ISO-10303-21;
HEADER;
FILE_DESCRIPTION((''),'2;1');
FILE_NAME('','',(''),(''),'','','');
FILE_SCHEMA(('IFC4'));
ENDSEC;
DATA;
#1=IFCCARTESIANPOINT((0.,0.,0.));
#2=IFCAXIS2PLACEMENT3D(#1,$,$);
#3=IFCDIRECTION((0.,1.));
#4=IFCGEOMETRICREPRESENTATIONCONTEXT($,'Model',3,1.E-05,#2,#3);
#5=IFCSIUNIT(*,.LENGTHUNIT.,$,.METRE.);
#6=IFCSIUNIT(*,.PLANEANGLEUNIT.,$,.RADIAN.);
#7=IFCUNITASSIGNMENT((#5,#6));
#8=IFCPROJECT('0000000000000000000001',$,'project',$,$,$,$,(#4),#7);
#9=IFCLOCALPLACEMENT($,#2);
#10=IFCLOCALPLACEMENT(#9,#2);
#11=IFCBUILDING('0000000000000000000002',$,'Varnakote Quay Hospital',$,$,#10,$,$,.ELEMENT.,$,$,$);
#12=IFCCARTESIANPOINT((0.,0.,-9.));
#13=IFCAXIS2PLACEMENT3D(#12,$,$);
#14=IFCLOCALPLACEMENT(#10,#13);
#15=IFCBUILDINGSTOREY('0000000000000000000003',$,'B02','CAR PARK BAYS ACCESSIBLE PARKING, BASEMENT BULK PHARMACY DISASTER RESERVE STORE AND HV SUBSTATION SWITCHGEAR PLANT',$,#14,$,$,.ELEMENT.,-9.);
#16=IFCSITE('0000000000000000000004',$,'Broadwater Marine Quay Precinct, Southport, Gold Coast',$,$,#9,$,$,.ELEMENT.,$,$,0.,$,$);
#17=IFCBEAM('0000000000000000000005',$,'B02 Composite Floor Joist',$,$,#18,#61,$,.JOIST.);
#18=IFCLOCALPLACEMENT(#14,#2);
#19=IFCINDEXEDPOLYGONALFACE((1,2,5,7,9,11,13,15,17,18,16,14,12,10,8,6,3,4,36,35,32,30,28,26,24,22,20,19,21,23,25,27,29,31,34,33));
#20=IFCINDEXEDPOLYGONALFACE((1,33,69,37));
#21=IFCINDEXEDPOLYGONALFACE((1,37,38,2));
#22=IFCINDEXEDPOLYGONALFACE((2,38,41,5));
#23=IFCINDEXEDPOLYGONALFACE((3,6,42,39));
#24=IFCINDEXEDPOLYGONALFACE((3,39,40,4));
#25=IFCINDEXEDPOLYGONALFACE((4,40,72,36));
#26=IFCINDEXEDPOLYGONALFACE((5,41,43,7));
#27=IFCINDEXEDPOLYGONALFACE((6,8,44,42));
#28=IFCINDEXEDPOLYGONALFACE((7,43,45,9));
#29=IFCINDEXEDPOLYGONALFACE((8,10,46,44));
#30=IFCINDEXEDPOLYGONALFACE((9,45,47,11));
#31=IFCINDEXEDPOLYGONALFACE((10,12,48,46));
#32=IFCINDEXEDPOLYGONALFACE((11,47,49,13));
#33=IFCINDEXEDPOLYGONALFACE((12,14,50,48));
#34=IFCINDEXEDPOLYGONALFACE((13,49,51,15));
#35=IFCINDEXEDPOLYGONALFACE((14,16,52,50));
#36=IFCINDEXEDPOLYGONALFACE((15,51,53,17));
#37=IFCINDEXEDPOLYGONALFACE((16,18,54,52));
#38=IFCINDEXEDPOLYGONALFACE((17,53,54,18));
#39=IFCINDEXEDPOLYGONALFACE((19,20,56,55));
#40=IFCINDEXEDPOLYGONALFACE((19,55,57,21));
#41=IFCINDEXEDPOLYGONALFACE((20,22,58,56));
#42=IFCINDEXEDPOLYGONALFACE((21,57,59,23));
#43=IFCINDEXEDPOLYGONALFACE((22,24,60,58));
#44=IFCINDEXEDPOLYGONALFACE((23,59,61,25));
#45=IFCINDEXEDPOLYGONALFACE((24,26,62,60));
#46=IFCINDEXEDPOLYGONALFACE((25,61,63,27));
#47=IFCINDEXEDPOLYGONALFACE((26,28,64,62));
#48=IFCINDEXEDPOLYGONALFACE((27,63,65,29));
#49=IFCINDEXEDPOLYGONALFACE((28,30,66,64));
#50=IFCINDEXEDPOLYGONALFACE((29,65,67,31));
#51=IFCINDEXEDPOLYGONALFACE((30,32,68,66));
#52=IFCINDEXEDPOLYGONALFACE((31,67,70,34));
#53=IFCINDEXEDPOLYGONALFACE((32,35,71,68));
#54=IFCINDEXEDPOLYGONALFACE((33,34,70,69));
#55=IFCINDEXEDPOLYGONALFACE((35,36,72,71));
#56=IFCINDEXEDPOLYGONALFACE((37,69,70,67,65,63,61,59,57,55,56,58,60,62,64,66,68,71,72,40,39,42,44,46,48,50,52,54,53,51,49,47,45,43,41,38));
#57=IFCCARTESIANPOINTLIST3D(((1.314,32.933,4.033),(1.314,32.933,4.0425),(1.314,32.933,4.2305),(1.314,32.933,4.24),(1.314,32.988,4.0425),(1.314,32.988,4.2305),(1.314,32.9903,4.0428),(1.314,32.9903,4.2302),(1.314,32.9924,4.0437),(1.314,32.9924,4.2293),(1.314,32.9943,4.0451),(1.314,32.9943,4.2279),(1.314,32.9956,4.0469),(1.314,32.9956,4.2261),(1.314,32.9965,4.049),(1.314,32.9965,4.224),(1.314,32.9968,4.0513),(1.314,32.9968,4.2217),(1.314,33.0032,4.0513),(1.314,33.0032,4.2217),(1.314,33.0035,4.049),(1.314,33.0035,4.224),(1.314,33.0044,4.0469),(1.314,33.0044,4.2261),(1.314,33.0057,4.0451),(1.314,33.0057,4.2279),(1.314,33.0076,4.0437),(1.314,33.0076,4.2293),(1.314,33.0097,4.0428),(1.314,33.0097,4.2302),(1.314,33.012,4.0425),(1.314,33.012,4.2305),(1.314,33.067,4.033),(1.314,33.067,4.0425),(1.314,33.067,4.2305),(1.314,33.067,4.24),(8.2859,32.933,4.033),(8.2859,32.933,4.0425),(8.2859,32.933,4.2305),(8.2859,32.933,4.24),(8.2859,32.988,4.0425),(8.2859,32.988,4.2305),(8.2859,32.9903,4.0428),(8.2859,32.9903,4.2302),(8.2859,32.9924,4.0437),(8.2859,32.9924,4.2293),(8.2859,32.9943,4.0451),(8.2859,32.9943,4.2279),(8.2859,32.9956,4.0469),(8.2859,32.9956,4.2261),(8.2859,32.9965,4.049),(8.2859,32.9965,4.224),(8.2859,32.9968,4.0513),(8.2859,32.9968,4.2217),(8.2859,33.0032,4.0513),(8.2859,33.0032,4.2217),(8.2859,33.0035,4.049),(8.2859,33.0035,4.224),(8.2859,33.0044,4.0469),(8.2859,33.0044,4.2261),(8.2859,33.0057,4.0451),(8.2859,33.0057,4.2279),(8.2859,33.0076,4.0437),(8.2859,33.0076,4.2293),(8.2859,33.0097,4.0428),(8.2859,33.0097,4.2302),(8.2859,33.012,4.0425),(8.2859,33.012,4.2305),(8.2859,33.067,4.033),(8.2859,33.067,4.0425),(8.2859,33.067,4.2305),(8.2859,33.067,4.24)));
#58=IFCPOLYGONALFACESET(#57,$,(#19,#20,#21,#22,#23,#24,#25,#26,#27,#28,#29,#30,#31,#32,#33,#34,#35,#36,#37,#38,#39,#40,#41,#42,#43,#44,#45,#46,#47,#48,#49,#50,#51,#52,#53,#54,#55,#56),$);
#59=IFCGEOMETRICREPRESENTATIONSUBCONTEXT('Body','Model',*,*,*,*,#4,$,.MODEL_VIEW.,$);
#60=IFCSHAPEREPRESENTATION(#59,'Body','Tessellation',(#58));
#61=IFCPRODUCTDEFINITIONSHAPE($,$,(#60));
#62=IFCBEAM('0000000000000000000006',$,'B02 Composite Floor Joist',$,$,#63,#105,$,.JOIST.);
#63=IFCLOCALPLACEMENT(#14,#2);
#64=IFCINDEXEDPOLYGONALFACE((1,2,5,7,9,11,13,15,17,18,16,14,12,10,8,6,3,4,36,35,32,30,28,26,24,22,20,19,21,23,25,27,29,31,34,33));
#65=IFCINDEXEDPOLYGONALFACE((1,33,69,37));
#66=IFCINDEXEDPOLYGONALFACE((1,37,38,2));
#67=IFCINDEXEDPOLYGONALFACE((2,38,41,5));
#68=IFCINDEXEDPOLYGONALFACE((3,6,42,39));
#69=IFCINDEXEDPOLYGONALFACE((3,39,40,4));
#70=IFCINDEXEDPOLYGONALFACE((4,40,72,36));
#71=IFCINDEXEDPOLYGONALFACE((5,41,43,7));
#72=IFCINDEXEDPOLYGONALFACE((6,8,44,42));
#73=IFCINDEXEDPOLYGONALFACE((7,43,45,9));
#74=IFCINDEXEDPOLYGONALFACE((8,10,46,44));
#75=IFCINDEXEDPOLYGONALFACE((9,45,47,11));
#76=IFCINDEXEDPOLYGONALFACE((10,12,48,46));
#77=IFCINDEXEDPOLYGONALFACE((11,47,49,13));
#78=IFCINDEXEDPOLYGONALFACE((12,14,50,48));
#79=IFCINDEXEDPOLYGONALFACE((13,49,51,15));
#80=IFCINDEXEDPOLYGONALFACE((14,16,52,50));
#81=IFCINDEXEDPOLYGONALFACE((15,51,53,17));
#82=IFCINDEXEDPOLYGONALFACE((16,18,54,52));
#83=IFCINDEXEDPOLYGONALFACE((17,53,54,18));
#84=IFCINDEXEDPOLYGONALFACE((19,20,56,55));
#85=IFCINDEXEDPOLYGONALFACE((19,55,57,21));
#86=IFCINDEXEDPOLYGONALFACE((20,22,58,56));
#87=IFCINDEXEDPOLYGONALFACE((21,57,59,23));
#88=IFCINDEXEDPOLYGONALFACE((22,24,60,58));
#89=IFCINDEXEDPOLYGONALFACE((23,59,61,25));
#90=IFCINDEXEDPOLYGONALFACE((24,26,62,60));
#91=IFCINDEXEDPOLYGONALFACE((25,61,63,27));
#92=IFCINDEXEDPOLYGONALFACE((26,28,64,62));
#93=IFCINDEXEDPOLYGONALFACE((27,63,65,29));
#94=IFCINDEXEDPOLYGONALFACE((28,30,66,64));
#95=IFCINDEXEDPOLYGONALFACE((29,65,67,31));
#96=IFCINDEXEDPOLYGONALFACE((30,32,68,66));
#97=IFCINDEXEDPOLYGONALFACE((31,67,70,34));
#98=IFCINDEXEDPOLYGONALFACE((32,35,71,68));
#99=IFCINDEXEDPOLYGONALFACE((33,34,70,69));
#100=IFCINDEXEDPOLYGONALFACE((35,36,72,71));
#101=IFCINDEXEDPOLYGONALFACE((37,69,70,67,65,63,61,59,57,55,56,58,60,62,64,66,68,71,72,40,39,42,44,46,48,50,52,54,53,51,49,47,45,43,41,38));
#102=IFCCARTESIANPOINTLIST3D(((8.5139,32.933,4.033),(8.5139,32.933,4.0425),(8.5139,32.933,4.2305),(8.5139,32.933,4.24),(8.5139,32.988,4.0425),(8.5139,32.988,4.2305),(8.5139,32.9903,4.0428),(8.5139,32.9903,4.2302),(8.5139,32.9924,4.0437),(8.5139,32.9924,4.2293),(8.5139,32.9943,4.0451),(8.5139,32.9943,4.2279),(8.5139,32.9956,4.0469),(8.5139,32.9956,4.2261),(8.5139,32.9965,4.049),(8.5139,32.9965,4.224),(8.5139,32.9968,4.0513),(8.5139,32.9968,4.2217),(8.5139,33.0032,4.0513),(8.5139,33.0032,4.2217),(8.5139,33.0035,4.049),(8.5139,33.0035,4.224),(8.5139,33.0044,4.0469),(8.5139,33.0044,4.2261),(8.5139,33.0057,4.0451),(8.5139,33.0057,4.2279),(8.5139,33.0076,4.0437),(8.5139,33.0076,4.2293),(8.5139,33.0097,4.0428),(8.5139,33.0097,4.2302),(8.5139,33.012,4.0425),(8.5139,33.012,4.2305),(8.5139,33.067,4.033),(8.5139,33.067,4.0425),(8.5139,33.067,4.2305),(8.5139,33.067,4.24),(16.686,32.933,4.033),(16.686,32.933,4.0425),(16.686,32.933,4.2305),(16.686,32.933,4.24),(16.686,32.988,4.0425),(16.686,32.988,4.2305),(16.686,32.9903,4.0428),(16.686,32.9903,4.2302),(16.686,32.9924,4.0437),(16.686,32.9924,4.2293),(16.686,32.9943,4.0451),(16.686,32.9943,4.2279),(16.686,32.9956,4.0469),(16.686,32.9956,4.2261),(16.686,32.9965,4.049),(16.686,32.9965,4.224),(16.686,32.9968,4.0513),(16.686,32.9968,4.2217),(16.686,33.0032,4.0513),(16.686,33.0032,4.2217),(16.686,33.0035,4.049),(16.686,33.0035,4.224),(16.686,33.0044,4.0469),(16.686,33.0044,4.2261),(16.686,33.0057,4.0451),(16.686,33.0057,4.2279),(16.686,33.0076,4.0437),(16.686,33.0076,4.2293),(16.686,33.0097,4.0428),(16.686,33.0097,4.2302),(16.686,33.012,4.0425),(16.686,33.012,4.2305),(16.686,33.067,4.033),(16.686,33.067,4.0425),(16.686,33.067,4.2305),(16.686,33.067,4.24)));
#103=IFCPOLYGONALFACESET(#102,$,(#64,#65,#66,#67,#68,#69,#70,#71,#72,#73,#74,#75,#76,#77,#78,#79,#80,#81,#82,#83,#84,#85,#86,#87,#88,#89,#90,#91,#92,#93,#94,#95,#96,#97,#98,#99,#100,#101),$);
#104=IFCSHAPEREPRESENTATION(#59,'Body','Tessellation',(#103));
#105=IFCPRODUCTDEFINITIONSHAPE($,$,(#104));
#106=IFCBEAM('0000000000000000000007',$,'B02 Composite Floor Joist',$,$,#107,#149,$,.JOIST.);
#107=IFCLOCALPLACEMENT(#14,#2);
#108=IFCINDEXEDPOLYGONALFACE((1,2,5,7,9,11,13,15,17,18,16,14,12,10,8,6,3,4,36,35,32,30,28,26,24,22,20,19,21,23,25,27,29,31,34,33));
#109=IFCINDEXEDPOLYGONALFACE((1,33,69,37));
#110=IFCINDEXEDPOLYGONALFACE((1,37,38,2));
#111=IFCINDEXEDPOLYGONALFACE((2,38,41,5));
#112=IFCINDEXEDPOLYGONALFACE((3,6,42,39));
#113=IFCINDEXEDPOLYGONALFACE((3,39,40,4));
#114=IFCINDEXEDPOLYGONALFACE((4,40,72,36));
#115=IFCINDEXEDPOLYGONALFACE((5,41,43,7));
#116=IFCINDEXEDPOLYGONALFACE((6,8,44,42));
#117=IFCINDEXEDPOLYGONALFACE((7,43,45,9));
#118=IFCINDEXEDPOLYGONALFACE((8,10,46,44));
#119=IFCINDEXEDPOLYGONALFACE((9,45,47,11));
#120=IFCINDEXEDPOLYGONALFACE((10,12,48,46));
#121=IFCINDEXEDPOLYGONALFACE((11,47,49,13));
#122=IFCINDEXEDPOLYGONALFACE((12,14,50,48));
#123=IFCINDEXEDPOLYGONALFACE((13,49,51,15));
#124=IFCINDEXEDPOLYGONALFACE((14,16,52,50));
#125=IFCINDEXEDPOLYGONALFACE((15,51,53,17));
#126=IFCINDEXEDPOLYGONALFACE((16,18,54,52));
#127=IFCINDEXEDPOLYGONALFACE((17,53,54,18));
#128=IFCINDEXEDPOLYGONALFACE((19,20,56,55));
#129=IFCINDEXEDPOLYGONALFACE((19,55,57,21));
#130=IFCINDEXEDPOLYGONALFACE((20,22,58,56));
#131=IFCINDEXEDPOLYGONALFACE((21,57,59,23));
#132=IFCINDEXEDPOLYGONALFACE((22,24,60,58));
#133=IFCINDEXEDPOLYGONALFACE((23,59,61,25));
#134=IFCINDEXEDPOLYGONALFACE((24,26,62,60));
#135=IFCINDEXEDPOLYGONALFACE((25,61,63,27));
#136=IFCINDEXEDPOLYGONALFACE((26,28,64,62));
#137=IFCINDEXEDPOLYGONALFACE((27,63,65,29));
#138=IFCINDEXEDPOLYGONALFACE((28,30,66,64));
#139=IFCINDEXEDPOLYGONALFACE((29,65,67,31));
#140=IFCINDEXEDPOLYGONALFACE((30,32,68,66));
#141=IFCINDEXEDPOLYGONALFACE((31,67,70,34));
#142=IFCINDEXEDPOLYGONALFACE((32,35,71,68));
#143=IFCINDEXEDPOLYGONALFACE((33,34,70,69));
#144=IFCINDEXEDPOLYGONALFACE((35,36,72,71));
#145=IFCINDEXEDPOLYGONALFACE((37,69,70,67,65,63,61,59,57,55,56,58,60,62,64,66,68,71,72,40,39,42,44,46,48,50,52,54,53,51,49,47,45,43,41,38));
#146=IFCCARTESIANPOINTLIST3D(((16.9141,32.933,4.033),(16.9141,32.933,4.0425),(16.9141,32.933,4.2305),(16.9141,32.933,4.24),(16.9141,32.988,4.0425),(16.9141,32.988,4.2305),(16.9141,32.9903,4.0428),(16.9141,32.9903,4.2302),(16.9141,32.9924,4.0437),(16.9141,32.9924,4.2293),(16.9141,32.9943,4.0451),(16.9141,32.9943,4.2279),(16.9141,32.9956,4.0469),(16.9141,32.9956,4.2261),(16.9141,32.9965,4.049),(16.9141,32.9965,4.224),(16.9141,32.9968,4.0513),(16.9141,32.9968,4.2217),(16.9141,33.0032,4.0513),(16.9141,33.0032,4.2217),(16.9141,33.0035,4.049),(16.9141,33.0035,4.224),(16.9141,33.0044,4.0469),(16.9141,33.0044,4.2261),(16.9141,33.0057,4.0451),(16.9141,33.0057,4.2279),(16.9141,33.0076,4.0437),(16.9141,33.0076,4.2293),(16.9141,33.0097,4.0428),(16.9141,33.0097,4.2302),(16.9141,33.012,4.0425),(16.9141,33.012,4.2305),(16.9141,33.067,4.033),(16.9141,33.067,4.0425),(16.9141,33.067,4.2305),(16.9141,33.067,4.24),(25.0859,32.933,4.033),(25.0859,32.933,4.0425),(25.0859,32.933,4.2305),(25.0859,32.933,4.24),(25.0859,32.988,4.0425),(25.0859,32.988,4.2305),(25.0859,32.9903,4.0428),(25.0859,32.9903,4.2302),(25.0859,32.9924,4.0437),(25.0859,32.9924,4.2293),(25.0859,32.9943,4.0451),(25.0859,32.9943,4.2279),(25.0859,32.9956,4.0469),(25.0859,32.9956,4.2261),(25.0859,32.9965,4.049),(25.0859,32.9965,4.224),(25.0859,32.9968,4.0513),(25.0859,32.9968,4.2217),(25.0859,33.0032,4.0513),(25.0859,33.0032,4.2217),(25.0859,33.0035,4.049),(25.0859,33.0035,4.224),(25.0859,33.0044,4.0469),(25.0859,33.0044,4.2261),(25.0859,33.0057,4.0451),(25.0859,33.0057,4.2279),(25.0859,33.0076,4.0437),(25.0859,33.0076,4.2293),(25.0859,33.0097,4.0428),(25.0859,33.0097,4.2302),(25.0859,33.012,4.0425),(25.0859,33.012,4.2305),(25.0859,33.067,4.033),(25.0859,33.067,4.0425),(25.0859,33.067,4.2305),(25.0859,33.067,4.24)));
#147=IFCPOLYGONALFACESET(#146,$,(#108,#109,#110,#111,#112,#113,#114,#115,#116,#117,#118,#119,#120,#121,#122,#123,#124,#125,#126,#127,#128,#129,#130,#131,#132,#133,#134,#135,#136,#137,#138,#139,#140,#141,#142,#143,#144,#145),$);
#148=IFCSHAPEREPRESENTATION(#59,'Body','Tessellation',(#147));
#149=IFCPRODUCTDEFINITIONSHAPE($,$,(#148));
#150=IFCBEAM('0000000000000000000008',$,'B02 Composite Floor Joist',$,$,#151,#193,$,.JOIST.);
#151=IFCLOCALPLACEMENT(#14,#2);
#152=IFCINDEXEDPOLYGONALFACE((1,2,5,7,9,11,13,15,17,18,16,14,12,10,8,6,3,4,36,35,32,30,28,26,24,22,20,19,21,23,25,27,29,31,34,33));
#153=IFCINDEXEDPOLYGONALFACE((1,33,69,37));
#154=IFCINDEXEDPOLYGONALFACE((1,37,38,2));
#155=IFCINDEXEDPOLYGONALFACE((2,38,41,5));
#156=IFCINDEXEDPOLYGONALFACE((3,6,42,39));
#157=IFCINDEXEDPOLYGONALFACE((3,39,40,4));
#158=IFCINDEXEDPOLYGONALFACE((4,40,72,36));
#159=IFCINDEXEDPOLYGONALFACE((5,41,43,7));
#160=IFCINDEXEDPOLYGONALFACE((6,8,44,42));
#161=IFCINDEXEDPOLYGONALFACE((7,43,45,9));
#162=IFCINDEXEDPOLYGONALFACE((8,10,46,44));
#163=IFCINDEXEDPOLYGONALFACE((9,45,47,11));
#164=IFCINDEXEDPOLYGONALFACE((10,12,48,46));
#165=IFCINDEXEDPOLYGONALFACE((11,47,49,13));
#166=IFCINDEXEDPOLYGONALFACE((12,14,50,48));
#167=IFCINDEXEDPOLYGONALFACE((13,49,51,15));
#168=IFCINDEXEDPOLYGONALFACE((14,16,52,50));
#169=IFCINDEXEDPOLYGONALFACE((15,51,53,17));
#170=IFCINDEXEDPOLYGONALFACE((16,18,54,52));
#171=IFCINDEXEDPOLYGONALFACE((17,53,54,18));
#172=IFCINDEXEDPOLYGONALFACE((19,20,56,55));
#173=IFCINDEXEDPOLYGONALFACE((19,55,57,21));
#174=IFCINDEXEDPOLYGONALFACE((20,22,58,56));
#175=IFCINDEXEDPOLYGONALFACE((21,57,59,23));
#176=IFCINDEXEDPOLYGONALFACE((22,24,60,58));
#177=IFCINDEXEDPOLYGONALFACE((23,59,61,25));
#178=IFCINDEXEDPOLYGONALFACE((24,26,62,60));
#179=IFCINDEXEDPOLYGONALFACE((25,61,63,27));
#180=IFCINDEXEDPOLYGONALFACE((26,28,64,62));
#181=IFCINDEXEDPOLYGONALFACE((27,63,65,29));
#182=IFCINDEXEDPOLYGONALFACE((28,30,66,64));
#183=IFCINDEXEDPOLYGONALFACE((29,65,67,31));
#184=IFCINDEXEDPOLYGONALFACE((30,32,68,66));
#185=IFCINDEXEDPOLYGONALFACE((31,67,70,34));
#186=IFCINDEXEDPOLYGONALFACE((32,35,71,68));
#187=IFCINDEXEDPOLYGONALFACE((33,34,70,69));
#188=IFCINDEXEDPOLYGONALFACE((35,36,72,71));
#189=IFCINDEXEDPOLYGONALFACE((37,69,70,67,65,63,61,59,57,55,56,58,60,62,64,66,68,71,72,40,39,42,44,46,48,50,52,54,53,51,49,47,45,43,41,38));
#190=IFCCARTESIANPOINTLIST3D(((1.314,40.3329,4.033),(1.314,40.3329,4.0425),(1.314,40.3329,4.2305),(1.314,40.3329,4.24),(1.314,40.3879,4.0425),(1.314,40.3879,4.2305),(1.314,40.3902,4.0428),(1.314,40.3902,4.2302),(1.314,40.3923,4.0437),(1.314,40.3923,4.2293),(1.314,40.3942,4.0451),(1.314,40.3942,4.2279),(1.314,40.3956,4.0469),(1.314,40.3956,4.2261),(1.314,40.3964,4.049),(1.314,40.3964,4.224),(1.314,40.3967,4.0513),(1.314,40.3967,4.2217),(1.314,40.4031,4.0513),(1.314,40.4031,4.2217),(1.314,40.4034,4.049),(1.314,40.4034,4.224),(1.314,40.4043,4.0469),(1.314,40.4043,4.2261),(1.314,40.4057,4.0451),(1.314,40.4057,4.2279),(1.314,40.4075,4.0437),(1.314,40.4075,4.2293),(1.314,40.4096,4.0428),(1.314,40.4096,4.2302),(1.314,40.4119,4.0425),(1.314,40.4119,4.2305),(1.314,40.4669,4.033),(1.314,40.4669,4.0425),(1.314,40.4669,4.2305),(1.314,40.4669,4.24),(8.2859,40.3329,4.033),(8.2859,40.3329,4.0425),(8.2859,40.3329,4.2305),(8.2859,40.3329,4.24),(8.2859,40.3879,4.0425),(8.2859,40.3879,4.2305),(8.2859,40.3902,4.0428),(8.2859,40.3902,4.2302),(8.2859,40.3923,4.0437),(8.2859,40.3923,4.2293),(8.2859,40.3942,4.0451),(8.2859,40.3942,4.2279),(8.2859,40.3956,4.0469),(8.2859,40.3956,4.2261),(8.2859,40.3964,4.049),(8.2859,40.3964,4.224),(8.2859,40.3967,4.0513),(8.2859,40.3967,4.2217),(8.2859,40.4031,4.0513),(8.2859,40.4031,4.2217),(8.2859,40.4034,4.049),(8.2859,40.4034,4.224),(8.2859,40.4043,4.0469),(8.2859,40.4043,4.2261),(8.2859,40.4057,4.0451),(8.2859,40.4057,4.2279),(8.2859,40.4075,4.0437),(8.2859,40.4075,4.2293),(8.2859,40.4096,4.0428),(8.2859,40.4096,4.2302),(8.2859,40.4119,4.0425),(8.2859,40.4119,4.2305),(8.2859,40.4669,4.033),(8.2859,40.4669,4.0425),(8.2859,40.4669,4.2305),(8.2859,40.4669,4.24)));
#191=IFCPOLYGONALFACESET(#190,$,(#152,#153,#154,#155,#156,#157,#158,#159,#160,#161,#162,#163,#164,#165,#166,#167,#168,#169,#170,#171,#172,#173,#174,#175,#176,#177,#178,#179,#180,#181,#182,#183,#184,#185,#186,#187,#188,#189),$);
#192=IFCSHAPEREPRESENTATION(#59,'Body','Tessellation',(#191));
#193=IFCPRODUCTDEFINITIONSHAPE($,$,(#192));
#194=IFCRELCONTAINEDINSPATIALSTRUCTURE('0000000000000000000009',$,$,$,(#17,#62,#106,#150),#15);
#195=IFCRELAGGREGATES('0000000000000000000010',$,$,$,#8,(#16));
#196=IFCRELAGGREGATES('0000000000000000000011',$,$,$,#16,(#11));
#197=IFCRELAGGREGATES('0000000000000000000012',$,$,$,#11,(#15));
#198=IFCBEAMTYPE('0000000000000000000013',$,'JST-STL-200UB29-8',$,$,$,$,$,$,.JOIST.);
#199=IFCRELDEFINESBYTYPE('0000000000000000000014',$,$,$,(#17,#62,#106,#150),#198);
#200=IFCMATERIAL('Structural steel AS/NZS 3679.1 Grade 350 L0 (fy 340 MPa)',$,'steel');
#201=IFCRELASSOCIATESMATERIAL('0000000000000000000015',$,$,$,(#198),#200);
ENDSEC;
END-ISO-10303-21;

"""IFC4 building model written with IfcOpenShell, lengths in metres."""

from ifc_helpers import new_model, si_unit, direction, frame, origin, origin_2d, place, context, subcontext, project, spatial, i_section, extrude, material, material_profile, profile_set, type_object, element, save


model = new_model("IFC4")

# Units and contexts
model_context = context("Model", 3, precision=1e-05, world=origin(), true_north=direction((0.0, 1.0)))
body_context = subcontext(model_context, "Body", "Model", "MODEL_VIEW")
ifc_project = project(units=[si_unit("LENGTHUNIT", "METRE"), si_unit("PLANEANGLEUNIT", "RADIAN")], contexts=[model_context])

# Site, building, storey
site_placement = place(None, origin())
site = spatial("IfcSite", under=ifc_project, at=site_placement, Name="Broadwater Marine Quay Precinct, Southport, Gold Coast", CompositionType="ELEMENT", RefElevation=0.0)
building_placement = place(site_placement, origin())
building = spatial("IfcBuilding", under=site, at=building_placement, Name="Varnakote Quay Hospital", CompositionType="ELEMENT")
storey_placement = place(building_placement, frame((0.0, 0.0, -9.0)))
storey = spatial("IfcBuildingStorey", under=building, at=storey_placement, Name="B02", Description="CAR PARK BAYS ACCESSIBLE PARKING, BASEMENT BULK PHARMACY DISASTER RESERVE STORE AND HV SUBSTATION SWITCHGEAR PLANT", CompositionType="ELEMENT", Elevation=-9.0)

# Beams
ifc_material_1 = material(Name="Structural steel AS/NZS 3679.1 Grade 350 L0 (fy 340 MPa)", Category="steel")
ifc_material_profile_1 = material_profile(ifc_material_1, i_section(OverallWidth=0.134, OverallDepth=0.207, WebThickness=0.0063, FlangeThickness=0.0095, FilletRadius=0.0088, at=origin_2d()), Name="200UB29.8")
ifc_profile_set_1 = profile_set([ifc_material_profile_1], Name="Structural steel AS/NZS 3679.1 Grade 350 L0 (fy 340 MPa)")
beam_type_1 = type_object("IfcBeamType", Name="JST-STL-200UB29-8", PredefinedType="JOIST", material=ifc_profile_set_1)
beam_1_placement = place(storey_placement, frame((1.314, 33.0, 4.1365), z_axis=(1.0, 0.0, 0.0), x_axis=(0.0, 1.0, 0.0)))
element("IfcBeam", 1, at=beam_1_placement, inside=storey, type_object=beam_type_1, Name="B02 Composite Floor Joist", PredefinedType="JOIST", context=body_context, shape_type="SweptSolid", body=[
    extrude(i_section(OverallWidth=0.134, OverallDepth=0.207, WebThickness=0.0063, FlangeThickness=0.0095, FilletRadius=0.0088, at=origin_2d()), origin(), (0.0, 0.0, 1.0), 6.9719),
])
beam_2_placement = place(storey_placement, frame((8.5139, 33.0, 4.1365), z_axis=(1.0, 0.0, 0.0), x_axis=(0.0, 1.0, 0.0)))
element("IfcBeam", 2, at=beam_2_placement, inside=storey, type_object=beam_type_1, Name="B02 Composite Floor Joist", PredefinedType="JOIST", context=body_context, shape_type="SweptSolid", body=[
    extrude(i_section(OverallWidth=0.134, OverallDepth=0.207, WebThickness=0.0063, FlangeThickness=0.0095, FilletRadius=0.0088, at=origin_2d()), origin(), (0.0, 0.0, 1.0), 8.1721),
])
beam_3_placement = place(storey_placement, frame((16.9141, 33.0, 4.1365), z_axis=(1.0, 0.0, 0.0), x_axis=(0.0, 1.0, 0.0)))
element("IfcBeam", 3, at=beam_3_placement, inside=storey, type_object=beam_type_1, Name="B02 Composite Floor Joist", PredefinedType="JOIST", context=body_context, shape_type="SweptSolid", body=[
    extrude(i_section(OverallWidth=0.134, OverallDepth=0.207, WebThickness=0.0063, FlangeThickness=0.0095, FilletRadius=0.0088, at=origin_2d()), origin(), (0.0, 0.0, 1.0), 8.1719),
])
beam_4_placement = place(storey_placement, frame((1.314, 40.3999, 4.1365), z_axis=(1.0, 0.0, 0.0), x_axis=(0.0, 1.0, 0.0)))
element("IfcBeam", 4, at=beam_4_placement, inside=storey, type_object=beam_type_1, Name="B02 Composite Floor Joist", PredefinedType="JOIST", context=body_context, shape_type="SweptSolid", body=[
    extrude(i_section(OverallWidth=0.134, OverallDepth=0.207, WebThickness=0.0063, FlangeThickness=0.0095, FilletRadius=0.0088, at=origin_2d()), origin(), (0.0, 0.0, 1.0), 6.9719),
])

save(model, "model.ifc")
